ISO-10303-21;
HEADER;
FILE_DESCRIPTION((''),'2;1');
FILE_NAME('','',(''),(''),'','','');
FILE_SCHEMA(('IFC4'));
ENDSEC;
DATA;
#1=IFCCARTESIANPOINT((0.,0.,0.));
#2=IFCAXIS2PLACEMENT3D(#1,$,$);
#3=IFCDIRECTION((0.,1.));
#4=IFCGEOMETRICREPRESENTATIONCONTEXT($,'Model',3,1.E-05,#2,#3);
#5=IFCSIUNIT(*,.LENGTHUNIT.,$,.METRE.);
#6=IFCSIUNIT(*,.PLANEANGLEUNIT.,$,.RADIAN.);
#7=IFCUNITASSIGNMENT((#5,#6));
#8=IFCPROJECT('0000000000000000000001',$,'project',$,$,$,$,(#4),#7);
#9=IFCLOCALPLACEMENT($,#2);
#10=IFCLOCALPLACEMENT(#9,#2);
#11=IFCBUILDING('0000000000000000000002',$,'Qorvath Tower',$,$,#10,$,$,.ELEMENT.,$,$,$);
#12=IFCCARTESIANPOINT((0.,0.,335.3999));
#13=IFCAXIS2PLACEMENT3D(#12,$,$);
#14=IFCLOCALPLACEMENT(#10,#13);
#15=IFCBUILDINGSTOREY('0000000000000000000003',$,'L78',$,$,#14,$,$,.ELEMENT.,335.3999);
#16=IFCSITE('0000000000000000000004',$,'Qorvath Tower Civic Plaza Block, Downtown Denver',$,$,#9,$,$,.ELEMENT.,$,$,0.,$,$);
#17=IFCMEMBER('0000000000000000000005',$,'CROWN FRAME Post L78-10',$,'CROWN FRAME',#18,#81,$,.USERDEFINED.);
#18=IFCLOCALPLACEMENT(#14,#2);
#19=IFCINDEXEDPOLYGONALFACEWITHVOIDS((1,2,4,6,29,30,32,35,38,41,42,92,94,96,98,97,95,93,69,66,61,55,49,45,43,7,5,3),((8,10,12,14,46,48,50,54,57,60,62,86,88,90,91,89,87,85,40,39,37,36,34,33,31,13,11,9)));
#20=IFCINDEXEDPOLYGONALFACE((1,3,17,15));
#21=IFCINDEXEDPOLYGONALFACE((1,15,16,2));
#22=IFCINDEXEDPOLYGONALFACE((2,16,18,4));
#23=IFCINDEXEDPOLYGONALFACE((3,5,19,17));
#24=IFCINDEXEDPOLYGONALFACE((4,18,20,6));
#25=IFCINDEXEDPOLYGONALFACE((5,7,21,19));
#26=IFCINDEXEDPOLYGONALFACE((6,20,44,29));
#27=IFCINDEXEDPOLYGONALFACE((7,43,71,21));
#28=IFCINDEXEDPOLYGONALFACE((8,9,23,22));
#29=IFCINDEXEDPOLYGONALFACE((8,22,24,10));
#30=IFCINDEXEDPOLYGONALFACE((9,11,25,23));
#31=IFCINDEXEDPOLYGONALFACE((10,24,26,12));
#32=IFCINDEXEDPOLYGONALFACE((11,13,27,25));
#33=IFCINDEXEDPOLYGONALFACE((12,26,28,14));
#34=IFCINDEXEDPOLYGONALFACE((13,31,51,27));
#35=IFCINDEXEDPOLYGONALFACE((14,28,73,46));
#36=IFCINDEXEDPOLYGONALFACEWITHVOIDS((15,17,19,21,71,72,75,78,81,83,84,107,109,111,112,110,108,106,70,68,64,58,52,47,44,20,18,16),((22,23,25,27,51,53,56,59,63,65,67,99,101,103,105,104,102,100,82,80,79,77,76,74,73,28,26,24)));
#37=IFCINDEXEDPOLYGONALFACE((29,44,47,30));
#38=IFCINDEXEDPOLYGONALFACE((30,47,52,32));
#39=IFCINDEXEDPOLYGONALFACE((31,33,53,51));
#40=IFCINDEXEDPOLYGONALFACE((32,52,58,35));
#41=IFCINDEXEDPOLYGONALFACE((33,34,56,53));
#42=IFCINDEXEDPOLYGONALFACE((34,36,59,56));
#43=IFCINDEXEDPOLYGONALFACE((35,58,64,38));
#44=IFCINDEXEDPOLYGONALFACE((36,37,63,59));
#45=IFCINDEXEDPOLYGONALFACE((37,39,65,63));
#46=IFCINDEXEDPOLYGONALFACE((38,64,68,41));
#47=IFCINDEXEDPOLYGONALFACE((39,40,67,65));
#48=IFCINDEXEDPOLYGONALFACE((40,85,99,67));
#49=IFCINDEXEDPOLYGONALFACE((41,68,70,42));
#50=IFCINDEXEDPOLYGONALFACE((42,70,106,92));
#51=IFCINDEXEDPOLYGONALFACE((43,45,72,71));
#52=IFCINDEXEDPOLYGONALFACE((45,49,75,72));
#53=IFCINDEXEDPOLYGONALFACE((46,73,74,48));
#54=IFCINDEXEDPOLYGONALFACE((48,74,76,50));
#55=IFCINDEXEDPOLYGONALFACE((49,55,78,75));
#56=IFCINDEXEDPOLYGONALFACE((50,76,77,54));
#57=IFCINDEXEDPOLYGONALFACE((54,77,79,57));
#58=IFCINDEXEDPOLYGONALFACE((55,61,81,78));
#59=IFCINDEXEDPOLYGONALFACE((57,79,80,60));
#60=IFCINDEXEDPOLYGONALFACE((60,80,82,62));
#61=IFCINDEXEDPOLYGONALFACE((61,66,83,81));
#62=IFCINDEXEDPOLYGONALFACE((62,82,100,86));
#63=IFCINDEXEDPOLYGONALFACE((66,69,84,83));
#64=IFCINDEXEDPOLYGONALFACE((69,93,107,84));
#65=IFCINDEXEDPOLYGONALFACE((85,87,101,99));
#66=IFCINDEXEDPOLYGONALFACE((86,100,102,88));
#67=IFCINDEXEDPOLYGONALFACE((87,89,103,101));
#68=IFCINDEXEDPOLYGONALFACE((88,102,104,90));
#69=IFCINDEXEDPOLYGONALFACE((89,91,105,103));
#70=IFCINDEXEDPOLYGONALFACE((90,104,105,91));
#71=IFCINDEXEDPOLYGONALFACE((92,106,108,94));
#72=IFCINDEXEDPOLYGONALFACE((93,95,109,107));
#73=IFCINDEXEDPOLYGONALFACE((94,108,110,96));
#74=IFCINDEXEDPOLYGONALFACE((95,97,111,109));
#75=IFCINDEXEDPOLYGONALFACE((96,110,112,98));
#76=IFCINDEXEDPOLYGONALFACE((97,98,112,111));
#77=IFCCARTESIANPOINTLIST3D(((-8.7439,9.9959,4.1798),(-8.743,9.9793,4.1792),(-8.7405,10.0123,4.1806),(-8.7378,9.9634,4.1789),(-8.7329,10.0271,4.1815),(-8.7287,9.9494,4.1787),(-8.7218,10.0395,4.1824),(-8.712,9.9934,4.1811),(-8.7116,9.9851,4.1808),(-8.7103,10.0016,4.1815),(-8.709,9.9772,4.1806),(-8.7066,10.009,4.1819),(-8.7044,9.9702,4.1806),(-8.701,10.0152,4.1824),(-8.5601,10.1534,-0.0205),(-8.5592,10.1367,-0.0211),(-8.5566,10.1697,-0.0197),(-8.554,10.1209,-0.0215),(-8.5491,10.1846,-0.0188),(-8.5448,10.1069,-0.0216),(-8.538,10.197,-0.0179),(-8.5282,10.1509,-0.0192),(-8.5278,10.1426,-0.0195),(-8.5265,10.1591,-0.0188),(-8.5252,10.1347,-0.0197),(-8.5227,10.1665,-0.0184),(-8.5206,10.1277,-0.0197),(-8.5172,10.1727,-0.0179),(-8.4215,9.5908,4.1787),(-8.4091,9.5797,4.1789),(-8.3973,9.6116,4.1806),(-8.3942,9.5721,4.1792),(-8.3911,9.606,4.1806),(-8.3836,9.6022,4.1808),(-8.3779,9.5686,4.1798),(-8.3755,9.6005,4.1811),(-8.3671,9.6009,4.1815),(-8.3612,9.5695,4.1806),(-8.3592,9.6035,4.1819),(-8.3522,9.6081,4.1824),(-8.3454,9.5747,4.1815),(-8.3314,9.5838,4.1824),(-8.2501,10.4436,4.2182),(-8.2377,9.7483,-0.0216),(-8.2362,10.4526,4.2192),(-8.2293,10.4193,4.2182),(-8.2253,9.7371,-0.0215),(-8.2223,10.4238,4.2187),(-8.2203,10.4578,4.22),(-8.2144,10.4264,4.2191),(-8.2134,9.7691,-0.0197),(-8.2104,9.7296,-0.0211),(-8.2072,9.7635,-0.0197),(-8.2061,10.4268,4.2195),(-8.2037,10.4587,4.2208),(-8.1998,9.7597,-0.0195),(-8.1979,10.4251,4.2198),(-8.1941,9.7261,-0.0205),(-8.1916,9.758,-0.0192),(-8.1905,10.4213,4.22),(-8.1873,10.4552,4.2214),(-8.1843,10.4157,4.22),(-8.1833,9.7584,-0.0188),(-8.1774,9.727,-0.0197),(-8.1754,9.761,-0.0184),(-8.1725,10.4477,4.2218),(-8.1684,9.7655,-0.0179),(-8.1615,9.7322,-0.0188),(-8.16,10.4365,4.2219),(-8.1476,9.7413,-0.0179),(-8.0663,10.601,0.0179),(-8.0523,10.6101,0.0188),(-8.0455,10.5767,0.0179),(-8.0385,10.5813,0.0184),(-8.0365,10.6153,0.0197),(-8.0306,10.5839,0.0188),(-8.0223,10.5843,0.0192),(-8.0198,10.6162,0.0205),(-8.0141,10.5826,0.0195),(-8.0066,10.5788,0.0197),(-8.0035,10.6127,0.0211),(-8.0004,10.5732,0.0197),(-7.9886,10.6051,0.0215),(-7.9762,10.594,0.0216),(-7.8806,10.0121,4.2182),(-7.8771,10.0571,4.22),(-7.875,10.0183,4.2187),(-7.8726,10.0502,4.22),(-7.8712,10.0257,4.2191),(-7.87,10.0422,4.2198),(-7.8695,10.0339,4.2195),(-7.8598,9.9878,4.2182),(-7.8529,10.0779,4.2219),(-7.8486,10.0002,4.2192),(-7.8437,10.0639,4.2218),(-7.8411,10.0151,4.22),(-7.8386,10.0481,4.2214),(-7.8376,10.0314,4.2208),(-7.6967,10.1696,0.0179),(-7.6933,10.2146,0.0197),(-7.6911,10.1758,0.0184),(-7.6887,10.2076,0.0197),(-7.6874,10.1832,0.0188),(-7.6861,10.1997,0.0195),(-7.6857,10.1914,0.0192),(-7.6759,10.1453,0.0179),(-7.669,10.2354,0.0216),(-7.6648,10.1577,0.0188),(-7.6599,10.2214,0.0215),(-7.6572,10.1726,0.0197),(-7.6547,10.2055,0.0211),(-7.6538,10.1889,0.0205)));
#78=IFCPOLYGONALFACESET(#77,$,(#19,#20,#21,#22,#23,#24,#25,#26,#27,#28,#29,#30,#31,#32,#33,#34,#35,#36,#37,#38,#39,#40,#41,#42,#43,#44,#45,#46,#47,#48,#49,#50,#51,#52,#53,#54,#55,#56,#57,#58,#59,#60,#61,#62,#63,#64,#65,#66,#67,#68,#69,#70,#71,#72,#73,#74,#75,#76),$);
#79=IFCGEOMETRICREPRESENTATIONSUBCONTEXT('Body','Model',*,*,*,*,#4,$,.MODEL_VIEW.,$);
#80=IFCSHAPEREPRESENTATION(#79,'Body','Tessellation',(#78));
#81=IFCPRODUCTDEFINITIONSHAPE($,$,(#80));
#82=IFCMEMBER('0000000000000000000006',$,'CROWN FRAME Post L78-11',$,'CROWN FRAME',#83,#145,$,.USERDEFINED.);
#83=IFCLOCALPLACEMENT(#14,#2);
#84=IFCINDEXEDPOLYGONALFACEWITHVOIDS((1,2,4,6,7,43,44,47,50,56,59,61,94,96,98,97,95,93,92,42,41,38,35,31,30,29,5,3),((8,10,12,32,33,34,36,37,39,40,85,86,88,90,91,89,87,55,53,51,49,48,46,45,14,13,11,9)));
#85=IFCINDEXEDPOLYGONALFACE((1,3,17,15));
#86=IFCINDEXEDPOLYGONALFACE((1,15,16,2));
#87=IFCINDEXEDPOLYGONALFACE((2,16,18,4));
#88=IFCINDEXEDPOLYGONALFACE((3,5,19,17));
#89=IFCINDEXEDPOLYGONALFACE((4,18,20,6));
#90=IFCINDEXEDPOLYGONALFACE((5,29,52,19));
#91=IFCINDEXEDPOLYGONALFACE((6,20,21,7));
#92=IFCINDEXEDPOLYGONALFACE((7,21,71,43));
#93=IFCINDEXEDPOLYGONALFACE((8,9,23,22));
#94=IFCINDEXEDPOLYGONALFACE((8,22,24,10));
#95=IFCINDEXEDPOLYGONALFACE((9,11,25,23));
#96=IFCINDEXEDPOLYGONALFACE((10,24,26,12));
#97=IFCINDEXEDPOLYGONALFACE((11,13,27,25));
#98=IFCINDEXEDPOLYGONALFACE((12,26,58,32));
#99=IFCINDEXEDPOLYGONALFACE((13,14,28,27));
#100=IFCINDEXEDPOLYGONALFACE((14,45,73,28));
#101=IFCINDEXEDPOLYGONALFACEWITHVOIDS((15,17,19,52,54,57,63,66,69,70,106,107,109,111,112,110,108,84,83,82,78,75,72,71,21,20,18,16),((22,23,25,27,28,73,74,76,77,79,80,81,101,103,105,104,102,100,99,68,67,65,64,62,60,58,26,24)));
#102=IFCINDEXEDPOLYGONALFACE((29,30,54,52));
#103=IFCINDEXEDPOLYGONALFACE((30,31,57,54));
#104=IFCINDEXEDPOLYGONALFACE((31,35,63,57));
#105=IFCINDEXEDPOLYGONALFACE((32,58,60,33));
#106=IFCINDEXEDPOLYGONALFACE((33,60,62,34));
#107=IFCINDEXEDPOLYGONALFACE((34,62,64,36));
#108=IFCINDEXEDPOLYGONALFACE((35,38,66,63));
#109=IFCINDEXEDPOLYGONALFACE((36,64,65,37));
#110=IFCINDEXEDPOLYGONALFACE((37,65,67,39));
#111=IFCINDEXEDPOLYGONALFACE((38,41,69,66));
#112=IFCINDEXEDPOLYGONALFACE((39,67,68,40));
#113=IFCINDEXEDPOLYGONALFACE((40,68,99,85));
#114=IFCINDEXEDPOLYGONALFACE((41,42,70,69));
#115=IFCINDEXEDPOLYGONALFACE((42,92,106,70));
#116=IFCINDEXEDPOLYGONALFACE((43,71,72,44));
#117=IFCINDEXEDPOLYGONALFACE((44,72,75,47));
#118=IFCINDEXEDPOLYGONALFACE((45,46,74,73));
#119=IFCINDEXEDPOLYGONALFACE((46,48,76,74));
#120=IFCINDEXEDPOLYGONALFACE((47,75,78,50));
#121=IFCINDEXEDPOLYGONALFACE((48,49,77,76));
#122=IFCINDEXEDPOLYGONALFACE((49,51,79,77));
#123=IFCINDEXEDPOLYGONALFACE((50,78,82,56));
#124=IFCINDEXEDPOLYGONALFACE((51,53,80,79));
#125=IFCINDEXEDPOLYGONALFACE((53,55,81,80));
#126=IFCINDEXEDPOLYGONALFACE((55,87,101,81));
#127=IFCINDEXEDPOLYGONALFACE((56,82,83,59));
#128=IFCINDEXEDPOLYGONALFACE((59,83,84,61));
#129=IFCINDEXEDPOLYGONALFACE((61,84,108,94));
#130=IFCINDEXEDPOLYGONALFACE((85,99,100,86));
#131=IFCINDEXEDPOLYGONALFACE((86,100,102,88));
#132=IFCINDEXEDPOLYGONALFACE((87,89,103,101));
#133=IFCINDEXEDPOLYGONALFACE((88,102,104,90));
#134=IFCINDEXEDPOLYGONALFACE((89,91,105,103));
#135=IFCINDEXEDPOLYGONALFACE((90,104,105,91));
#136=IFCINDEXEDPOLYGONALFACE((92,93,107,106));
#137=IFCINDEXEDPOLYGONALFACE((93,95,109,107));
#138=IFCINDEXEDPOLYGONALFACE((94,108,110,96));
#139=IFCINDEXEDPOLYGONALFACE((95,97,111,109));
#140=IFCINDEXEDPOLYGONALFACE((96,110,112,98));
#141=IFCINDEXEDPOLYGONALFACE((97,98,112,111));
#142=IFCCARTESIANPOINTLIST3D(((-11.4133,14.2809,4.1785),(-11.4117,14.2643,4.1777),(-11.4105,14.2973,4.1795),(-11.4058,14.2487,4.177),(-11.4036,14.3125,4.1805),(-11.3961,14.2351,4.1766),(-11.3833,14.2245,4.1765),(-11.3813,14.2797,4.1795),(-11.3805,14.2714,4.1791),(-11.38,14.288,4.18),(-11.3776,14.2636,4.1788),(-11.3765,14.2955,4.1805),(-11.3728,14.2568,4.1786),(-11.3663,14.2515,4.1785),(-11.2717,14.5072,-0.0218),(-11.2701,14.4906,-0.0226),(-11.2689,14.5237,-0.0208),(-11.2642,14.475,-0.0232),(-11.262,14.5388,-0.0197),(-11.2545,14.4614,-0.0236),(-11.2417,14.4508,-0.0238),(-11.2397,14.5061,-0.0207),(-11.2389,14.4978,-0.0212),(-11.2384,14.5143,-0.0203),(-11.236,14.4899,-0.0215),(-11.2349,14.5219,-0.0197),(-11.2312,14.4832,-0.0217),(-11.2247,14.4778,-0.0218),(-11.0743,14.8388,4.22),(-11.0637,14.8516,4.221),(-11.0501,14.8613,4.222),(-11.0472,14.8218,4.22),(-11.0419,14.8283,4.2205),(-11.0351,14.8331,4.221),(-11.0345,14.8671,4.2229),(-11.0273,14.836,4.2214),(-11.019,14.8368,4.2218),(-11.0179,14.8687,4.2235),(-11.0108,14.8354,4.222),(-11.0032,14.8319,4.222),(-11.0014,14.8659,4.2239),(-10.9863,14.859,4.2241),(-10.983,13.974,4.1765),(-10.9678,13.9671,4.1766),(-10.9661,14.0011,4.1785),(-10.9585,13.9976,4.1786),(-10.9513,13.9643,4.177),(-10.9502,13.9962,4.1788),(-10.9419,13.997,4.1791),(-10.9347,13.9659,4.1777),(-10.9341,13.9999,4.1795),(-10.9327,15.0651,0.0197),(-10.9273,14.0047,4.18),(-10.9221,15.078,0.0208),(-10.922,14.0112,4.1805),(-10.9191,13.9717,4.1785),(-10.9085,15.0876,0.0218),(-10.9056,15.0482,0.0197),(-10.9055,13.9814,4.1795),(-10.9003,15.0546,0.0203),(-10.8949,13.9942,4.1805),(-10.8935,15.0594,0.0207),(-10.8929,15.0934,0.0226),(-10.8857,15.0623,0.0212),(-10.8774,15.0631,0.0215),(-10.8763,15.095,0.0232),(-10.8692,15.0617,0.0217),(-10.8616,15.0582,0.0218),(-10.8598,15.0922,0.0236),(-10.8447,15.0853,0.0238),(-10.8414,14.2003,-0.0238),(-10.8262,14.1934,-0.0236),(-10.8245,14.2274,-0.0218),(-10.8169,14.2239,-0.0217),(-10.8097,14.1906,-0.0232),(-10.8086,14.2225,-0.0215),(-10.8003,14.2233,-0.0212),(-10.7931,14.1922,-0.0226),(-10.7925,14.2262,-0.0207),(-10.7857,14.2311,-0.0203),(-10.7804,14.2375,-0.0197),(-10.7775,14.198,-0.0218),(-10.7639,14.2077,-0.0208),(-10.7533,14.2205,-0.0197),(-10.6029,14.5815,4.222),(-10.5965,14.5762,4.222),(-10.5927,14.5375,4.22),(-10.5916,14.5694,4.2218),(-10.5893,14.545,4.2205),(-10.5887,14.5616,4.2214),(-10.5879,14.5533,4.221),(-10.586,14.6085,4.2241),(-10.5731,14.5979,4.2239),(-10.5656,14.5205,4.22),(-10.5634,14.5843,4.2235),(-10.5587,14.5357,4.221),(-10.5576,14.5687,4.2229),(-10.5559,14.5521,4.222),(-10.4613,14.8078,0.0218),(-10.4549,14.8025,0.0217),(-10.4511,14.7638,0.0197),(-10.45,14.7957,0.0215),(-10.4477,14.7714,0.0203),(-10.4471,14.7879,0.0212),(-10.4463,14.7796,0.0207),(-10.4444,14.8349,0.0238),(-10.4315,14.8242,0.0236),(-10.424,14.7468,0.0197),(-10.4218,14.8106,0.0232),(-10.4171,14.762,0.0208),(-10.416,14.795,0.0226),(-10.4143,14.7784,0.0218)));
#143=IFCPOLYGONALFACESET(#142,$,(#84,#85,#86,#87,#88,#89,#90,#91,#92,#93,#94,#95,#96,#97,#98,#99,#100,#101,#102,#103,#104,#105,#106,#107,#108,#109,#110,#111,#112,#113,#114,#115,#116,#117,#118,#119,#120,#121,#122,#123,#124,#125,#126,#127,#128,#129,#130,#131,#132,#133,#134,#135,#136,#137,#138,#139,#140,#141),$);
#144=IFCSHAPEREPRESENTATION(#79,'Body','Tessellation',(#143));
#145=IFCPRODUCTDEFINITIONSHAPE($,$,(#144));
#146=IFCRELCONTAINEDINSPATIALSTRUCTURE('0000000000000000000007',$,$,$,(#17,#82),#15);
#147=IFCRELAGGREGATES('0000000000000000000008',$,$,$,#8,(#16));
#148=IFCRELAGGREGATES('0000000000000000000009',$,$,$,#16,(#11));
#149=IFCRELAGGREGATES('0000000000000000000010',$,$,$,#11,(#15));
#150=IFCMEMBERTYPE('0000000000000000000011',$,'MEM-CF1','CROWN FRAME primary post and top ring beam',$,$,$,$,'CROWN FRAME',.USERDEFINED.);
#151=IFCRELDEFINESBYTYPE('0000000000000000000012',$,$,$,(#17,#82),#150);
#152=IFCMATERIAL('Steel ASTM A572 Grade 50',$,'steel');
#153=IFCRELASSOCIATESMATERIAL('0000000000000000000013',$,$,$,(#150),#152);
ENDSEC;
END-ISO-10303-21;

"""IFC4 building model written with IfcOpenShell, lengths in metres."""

from ifc_helpers import new_model, si_unit, direction, frame, origin, origin_2d, place, context, subcontext, project, spatial, hollow_rectangle, extrude, material, material_profile, profile_set, type_object, element, save


model = new_model("IFC4")

# Units and contexts
model_context = context("Model", 3, precision=1e-05, world=origin(), true_north=direction((0.0, 1.0)))
body_context = subcontext(model_context, "Body", "Model", "MODEL_VIEW")
ifc_project = project(units=[si_unit("LENGTHUNIT", "METRE"), si_unit("PLANEANGLEUNIT", "RADIAN")], contexts=[model_context])

# Site, building, storey
site_placement = place(None, origin())
site = spatial("IfcSite", under=ifc_project, at=site_placement, Name="Qorvath Tower Civic Plaza Block, Downtown Denver", CompositionType="ELEMENT", RefElevation=0.0)
building_placement = place(site_placement, origin())
building = spatial("IfcBuilding", under=site, at=building_placement, Name="Qorvath Tower", CompositionType="ELEMENT")
storey_placement = place(building_placement, frame((0.0, 0.0, 335.3999)))
storey = spatial("IfcBuildingStorey", under=building, at=storey_placement, Name="L78", CompositionType="ELEMENT", Elevation=335.3999)

# Members
ifc_material_1 = material(Name="Steel ASTM A572 Grade 50", Category="steel")
ifc_material_profile_1 = material_profile(ifc_material_1, hollow_rectangle(XDim=0.6001, YDim=0.75, WallThickness=0.032, InnerFilletRadius=0.032, OuterFilletRadius=0.064, at=origin_2d()), Name="CROWN BOX 750x600x32")
ifc_profile_set_1 = profile_set([ifc_material_profile_1], Name="Steel ASTM A572 Grade 50")
member_type_1 = type_object("IfcMemberType", Name="MEM-CF1", Description="CROWN FRAME primary post and top ring beam", ElementType="CROWN FRAME", PredefinedType="USERDEFINED", material=ifc_profile_set_1)
member_1_placement = place(storey_placement, frame((-8.1069, 10.1711, 0.0), z_axis=(-0.043696, -0.037429, 0.998343), x_axis=(0.650542, -0.75947, 0.0)))
element("IfcMember", 1, at=member_1_placement, inside=storey, type_object=member_type_1, Name="CROWN FRAME Post L78-10", ObjectType="CROWN FRAME", PredefinedType="USERDEFINED", context=body_context, shape_type="SweptSolid", body=[
    extrude(hollow_rectangle(XDim=0.6001, YDim=0.75, WallThickness=0.032, InnerFilletRadius=0.032, OuterFilletRadius=0.064, at=origin_2d()), origin(), (0.0, 0.0, 1.0), 4.2073),
])
member_2_placement = place(storey_placement, frame((-10.843, 14.6428, 0.0), z_axis=(-0.033645, -0.053774, 0.997986), x_axis=(0.847741, -0.53041, 0.0)))
element("IfcMember", 2, at=member_2_placement, inside=storey, type_object=member_type_1, Name="CROWN FRAME Post L78-11", ObjectType="CROWN FRAME", PredefinedType="USERDEFINED", context=body_context, shape_type="SweptSolid", body=[
    extrude(hollow_rectangle(XDim=0.6001, YDim=0.75, WallThickness=0.032, InnerFilletRadius=0.032, OuterFilletRadius=0.064, at=origin_2d()), origin(), (0.0, 0.0, 1.0), 4.2087),
])

save(model, "model.ifc")
